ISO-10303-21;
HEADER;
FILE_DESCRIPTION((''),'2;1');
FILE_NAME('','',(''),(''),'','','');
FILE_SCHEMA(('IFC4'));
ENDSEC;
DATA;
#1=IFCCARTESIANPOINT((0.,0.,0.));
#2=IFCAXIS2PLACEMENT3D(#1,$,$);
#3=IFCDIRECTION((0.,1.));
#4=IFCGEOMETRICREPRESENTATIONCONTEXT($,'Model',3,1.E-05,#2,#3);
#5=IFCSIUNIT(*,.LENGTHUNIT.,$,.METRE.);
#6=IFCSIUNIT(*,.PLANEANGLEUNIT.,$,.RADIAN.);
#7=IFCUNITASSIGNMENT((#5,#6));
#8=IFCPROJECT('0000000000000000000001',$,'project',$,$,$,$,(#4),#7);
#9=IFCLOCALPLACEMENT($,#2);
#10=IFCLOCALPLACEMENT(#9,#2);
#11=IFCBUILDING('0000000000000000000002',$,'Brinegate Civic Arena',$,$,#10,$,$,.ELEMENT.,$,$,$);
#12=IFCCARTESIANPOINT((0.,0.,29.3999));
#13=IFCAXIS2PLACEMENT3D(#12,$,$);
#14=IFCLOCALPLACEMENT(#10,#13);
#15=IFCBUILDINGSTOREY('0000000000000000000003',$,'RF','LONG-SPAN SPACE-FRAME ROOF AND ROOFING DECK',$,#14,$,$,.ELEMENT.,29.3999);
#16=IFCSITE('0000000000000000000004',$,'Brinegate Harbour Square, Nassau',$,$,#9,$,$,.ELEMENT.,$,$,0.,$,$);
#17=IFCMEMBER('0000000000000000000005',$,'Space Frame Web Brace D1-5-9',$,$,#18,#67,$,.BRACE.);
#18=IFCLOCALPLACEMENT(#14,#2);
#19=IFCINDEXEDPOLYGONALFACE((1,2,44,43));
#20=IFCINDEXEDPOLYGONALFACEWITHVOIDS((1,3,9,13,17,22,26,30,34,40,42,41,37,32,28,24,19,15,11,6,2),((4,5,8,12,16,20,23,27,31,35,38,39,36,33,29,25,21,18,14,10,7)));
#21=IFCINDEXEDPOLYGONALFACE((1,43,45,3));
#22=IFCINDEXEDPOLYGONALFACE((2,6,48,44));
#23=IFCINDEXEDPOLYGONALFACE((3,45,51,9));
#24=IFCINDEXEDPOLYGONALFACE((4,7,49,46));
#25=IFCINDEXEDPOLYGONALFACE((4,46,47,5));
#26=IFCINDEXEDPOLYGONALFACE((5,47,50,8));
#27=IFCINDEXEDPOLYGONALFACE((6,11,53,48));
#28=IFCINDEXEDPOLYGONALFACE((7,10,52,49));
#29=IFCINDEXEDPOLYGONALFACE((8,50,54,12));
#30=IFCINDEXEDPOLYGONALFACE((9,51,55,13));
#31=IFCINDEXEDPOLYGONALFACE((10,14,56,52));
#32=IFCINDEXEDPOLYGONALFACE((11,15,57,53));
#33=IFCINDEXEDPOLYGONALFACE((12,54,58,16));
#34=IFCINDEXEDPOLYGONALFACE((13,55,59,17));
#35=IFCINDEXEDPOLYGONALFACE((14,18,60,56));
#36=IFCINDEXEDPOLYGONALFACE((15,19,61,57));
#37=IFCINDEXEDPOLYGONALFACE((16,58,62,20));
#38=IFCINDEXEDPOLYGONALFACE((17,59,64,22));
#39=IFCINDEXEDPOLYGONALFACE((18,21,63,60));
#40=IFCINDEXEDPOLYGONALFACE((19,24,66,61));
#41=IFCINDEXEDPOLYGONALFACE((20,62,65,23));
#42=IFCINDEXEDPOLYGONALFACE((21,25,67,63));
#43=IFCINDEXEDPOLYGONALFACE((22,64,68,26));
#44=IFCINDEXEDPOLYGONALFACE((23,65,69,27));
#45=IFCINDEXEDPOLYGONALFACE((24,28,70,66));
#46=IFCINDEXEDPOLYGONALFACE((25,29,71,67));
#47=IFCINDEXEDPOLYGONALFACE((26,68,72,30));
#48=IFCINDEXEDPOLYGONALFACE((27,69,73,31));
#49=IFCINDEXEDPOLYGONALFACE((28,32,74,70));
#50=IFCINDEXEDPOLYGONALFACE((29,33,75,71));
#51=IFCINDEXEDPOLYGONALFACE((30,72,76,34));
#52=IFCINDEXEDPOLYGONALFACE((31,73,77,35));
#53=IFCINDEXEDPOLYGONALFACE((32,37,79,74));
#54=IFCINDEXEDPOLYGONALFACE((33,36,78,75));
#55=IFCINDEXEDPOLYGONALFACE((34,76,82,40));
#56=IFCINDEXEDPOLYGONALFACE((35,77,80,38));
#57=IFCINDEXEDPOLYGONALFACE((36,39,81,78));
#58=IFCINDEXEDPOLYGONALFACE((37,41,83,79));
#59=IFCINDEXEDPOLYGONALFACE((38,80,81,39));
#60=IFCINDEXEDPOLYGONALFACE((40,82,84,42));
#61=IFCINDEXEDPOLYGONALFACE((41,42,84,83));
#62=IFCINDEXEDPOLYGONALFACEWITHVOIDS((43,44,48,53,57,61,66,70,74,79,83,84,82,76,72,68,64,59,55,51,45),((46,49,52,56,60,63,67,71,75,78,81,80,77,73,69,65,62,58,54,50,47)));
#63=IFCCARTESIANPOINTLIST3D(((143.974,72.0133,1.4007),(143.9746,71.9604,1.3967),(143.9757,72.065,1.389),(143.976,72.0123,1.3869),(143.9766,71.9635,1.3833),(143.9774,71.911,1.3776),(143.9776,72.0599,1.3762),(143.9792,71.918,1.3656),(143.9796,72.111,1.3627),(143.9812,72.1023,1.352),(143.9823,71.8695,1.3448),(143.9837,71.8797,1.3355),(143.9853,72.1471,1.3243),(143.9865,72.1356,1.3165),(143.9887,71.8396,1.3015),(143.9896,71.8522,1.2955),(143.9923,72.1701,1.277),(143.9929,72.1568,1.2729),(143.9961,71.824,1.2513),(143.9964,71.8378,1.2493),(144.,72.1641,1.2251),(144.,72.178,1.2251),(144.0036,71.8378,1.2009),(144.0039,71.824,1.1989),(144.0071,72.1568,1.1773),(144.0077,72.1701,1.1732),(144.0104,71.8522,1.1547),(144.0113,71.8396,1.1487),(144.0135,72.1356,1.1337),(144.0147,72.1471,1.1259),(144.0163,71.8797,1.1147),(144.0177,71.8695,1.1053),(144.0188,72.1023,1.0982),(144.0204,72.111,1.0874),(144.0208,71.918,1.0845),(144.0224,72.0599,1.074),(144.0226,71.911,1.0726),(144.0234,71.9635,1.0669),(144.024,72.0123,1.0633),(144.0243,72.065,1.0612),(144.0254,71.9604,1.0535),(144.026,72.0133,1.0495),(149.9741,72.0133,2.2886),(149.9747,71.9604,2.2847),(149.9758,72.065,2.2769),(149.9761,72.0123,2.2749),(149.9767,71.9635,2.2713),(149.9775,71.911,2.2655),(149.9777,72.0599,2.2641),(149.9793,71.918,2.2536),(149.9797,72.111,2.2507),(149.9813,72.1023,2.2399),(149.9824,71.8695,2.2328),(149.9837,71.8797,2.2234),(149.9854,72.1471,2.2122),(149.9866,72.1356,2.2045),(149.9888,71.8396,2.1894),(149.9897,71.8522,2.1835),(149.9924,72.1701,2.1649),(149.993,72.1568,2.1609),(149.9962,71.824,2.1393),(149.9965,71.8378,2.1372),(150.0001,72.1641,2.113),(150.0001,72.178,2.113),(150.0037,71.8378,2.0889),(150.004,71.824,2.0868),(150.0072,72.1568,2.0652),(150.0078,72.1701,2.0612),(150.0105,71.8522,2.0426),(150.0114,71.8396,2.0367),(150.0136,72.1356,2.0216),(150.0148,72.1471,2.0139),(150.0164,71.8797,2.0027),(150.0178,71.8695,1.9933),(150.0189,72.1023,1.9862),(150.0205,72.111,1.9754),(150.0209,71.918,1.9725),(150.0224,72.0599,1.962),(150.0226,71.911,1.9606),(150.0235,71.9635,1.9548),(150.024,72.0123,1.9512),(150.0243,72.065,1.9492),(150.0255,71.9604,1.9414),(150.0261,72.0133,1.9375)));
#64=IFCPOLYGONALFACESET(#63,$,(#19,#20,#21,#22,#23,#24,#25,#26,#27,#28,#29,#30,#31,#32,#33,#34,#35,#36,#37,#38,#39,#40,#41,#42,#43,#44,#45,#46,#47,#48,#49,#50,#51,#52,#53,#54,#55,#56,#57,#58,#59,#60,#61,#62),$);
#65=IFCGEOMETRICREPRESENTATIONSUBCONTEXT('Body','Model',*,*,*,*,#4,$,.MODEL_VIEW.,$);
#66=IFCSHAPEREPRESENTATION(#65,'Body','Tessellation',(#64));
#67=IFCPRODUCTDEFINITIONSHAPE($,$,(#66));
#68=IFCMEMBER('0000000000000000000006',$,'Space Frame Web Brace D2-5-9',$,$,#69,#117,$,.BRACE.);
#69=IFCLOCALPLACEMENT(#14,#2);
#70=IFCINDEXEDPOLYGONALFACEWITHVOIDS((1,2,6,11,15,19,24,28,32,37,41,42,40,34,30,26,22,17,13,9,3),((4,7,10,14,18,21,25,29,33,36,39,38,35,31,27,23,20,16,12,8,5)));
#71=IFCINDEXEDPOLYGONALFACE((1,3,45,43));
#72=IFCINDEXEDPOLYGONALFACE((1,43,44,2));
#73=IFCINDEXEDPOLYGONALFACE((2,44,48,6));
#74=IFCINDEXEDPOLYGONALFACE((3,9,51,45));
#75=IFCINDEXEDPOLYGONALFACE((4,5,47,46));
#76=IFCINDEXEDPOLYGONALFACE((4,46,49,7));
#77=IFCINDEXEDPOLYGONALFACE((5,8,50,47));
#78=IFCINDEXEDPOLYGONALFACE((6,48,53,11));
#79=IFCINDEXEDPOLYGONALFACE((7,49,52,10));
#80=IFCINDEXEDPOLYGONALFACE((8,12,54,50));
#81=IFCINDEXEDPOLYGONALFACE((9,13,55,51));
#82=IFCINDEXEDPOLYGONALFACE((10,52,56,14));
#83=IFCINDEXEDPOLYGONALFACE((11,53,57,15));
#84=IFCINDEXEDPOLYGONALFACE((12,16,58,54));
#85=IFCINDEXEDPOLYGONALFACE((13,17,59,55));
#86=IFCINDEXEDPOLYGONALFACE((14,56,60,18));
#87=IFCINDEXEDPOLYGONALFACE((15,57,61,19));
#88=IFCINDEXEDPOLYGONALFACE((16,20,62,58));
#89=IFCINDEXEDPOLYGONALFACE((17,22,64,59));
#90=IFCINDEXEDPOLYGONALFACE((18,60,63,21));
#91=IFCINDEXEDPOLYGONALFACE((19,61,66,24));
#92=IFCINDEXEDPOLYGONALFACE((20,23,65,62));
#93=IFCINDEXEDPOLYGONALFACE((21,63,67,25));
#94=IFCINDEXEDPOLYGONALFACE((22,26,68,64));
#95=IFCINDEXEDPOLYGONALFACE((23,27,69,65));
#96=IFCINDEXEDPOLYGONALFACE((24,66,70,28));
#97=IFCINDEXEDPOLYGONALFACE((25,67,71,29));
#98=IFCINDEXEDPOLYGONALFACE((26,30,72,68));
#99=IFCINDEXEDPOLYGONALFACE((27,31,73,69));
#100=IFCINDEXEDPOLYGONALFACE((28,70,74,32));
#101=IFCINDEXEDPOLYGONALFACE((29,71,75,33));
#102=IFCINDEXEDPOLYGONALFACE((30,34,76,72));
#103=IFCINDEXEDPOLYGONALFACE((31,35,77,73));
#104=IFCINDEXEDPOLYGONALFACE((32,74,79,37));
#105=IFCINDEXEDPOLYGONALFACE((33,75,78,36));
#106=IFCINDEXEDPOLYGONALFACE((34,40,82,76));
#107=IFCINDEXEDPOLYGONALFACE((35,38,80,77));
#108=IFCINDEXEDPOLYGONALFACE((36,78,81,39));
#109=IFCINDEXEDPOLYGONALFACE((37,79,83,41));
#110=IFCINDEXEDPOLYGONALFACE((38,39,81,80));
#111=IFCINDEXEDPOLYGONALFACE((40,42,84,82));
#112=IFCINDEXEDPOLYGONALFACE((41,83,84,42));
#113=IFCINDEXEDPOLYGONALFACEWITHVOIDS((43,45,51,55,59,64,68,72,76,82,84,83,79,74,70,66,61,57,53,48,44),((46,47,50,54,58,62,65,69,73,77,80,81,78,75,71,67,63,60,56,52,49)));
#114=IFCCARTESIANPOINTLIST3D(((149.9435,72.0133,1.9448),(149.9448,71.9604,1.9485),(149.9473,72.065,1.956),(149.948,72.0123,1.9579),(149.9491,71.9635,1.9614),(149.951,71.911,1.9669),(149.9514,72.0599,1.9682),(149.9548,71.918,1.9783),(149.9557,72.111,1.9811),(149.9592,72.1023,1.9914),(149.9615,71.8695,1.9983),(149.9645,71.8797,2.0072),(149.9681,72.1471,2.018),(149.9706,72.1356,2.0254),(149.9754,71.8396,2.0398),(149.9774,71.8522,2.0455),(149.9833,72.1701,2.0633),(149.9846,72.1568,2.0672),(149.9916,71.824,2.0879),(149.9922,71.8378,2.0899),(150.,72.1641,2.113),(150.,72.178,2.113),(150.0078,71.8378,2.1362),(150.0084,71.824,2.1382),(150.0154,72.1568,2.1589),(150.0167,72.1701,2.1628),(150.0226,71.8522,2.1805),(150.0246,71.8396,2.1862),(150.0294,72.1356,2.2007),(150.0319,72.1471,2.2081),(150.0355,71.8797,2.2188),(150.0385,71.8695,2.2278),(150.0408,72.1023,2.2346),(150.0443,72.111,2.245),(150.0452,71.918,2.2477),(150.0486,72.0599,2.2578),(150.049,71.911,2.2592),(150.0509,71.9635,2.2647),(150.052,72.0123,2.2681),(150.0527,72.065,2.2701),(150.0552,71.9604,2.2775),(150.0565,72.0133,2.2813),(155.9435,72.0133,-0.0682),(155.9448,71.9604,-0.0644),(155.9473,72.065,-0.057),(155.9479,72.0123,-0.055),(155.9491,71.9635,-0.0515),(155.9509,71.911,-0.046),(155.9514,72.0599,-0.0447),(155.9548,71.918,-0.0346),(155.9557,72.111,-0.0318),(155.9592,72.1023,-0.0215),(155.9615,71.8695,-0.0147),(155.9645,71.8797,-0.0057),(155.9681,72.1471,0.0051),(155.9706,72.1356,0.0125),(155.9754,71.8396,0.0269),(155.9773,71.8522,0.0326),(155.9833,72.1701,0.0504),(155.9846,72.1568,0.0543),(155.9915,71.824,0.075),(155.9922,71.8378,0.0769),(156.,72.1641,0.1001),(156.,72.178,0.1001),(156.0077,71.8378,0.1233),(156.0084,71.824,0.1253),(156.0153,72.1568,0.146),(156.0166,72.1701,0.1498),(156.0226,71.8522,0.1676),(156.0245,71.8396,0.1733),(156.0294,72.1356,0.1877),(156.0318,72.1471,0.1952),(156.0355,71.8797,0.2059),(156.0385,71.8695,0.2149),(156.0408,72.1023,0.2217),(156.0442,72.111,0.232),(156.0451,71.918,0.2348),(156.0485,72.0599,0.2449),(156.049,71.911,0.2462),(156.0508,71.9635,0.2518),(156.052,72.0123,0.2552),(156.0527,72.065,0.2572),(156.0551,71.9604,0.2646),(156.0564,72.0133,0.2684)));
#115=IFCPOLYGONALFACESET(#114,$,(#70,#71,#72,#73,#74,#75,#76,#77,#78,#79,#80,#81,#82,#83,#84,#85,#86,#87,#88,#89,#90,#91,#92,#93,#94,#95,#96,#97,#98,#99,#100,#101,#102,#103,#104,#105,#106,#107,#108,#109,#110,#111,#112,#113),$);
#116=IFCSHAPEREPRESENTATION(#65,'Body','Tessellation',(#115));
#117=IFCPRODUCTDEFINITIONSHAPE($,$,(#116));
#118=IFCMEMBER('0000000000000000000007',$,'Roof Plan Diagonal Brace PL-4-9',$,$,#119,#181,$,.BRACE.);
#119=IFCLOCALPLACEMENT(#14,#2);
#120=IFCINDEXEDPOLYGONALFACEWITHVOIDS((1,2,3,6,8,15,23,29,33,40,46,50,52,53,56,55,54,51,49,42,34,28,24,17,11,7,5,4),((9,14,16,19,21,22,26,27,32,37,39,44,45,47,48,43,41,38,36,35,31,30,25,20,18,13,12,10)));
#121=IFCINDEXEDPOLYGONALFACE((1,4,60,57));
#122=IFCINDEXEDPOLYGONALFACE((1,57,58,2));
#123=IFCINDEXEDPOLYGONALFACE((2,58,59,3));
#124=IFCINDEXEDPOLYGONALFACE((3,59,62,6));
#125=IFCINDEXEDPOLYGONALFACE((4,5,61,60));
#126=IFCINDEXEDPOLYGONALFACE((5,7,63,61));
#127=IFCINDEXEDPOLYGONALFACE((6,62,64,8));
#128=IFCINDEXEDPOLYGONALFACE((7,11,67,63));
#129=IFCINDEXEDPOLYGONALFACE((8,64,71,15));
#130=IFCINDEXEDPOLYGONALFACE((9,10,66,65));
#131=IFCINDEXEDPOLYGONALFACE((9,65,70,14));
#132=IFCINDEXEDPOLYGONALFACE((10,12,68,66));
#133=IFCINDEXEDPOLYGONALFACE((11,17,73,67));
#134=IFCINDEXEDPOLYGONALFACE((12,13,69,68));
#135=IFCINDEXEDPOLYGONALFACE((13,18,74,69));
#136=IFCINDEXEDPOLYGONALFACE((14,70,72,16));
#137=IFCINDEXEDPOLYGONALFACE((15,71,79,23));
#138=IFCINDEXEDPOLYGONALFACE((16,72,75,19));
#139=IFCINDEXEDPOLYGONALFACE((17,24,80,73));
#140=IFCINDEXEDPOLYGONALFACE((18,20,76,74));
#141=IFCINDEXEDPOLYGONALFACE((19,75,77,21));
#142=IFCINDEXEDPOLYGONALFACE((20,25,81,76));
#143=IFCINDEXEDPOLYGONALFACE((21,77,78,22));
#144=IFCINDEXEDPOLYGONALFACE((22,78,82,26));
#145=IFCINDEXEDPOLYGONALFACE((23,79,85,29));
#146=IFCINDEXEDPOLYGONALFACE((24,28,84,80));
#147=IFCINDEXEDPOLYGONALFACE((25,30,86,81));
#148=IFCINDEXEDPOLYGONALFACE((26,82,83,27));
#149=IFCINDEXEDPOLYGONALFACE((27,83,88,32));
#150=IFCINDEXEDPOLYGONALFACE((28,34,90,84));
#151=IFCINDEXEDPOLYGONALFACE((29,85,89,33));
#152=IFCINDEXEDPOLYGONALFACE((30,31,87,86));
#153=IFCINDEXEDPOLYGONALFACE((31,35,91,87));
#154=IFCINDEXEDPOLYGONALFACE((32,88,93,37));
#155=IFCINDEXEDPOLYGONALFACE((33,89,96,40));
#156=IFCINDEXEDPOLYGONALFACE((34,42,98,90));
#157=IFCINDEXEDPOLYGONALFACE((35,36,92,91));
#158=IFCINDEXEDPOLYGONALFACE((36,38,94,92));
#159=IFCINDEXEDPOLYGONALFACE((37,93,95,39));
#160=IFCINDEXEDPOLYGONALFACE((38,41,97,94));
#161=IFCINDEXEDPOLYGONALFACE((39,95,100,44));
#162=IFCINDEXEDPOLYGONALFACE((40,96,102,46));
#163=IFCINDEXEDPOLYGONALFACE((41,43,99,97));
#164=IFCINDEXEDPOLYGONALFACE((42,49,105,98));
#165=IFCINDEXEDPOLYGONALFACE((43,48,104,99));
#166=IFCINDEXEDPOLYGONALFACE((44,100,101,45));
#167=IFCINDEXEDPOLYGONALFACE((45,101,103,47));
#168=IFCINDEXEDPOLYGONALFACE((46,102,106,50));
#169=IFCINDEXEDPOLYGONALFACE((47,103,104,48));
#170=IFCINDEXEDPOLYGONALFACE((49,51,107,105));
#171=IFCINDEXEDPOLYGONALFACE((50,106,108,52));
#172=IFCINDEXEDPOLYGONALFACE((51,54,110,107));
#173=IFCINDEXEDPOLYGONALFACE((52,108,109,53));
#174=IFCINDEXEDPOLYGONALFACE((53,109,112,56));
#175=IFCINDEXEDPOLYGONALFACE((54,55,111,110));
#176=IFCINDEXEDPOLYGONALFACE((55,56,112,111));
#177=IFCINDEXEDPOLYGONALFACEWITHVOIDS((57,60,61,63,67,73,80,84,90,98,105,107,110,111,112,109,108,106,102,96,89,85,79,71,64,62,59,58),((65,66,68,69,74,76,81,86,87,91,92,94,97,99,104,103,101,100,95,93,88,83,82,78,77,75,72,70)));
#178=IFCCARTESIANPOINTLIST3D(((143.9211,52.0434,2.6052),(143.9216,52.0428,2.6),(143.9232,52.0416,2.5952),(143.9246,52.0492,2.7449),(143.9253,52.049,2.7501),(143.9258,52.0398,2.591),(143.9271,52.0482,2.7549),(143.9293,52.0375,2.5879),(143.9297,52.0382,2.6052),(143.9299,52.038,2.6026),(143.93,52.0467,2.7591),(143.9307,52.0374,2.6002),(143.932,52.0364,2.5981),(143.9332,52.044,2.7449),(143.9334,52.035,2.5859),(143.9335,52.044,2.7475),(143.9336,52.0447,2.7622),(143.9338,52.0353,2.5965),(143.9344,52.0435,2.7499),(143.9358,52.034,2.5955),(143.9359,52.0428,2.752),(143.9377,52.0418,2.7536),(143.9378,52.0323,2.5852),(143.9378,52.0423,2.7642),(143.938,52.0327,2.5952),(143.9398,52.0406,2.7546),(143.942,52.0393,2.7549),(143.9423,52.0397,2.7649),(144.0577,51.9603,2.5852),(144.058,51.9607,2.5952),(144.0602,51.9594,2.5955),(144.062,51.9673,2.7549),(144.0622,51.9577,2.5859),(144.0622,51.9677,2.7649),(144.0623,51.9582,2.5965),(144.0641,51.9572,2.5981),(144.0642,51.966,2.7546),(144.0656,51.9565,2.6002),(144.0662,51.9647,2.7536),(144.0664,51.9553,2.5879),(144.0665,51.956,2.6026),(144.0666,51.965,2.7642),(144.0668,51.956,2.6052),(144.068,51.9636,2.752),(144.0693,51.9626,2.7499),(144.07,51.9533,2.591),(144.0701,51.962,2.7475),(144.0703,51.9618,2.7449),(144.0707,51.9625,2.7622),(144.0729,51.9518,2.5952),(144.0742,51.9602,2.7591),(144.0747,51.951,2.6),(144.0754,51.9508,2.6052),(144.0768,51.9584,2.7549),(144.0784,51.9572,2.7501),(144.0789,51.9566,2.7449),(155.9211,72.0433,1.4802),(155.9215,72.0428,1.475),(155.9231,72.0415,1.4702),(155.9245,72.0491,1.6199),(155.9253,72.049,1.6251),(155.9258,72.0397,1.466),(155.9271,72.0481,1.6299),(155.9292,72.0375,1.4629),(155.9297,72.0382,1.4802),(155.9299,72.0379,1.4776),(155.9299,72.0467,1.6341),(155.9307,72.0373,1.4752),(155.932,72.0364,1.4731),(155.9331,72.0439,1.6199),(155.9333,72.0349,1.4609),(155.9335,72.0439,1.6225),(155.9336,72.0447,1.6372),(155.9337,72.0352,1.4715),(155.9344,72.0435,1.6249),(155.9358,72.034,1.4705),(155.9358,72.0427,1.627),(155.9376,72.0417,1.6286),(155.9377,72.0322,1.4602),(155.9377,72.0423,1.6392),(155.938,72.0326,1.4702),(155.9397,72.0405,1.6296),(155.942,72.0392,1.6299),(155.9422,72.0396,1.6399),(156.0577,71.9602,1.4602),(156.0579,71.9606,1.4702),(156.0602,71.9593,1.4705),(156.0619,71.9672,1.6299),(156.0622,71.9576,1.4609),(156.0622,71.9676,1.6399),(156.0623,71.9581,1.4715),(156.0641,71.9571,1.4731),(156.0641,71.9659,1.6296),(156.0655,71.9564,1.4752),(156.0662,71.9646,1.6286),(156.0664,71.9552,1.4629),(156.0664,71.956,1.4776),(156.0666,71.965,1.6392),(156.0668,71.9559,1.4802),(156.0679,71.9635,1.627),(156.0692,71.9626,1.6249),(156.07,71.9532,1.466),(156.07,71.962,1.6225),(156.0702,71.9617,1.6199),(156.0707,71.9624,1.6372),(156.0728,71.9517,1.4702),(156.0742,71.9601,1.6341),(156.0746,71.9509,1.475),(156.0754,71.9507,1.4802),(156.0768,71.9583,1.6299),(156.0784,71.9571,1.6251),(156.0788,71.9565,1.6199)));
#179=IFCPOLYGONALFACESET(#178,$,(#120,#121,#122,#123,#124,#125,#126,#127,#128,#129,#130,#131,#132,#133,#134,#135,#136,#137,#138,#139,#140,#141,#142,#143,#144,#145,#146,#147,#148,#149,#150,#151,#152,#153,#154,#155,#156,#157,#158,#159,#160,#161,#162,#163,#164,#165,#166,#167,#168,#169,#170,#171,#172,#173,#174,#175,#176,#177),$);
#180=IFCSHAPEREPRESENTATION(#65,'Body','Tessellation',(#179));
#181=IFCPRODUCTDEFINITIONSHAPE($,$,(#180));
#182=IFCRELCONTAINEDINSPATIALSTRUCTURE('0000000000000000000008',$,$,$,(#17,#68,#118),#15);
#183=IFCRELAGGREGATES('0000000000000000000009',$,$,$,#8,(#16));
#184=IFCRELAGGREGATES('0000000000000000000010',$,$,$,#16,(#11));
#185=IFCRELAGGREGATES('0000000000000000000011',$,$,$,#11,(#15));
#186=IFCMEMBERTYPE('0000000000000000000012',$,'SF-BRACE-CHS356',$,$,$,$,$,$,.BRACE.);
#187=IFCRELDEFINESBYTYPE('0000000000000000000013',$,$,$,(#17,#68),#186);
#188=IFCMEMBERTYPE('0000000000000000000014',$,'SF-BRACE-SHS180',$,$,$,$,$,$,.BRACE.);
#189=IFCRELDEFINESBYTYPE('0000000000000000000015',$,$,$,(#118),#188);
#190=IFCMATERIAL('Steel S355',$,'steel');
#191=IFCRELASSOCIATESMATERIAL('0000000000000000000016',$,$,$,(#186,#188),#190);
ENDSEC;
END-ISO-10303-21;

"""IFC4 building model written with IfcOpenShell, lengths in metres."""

from ifc_helpers import new_model, si_unit, direction, frame, origin, origin_2d, place, context, subcontext, project, spatial, hollow_rectangle, hollow_circle, extrude, material, material_profile, profile_set, type_object, element, save


model = new_model("IFC4")

# Units and contexts
model_context = context("Model", 3, precision=1e-05, world=origin(), true_north=direction((0.0, 1.0)))
body_context = subcontext(model_context, "Body", "Model", "MODEL_VIEW")
ifc_project = project(units=[si_unit("LENGTHUNIT", "METRE"), si_unit("PLANEANGLEUNIT", "RADIAN")], contexts=[model_context])

# Site, building, storey
site_placement = place(None, origin())
site = spatial("IfcSite", under=ifc_project, at=site_placement, Name="Brinegate Harbour Square, Nassau", CompositionType="ELEMENT", RefElevation=0.0)
building_placement = place(site_placement, origin())
building = spatial("IfcBuilding", under=site, at=building_placement, Name="Brinegate Civic Arena", CompositionType="ELEMENT")
storey_placement = place(building_placement, frame((0.0, 0.0, 29.3999)))
storey = spatial("IfcBuildingStorey", under=building, at=storey_placement, Name="RF", Description="LONG-SPAN SPACE-FRAME ROOF AND ROOFING DECK", CompositionType="ELEMENT", Elevation=29.3999)

# Shared definitions
ifc_material_1 = material(Name="Steel S355", Category="steel")

# Members
ifc_material_profile_1 = material_profile(ifc_material_1, hollow_circle(Radius=0.178, WallThickness=0.0139, at=origin_2d()), Name="CHS356X14")
ifc_profile_set_1 = profile_set([ifc_material_profile_1], Name="Steel S355")
member_type_1 = type_object("IfcMemberType", Name="SF-BRACE-CHS356", PredefinedType="BRACE", material=ifc_profile_set_1)
member_1_placement = place(storey_placement, frame((144.0, 72.0, 1.2251), z_axis=(0.989226, 0.0, 0.146395), x_axis=(0.0, 1.0, 0.0)))
element("IfcMember", 1, at=member_1_placement, inside=storey, type_object=member_type_1, Name="Space Frame Web Brace D1-5-9", PredefinedType="BRACE", context=body_context, shape_type="SweptSolid", body=[
    extrude(hollow_circle(Radius=0.178, WallThickness=0.0139, at=origin_2d()), origin(), (0.0, 0.0, 1.0), 6.0654),
])
member_2_placement = place(storey_placement, frame((150.0, 72.0, 2.113), z_axis=(0.948068, 0.0, -0.318067), x_axis=(0.0, 1.0, 0.0)))
element("IfcMember", 2, at=member_2_placement, inside=storey, type_object=member_type_1, Name="Space Frame Web Brace D2-5-9", PredefinedType="BRACE", context=body_context, shape_type="SweptSolid", body=[
    extrude(hollow_circle(Radius=0.178, WallThickness=0.0139, at=origin_2d()), origin(), (0.0, 0.0, 1.0), 6.3286),
])
ifc_material_profile_2 = material_profile(ifc_material_1, hollow_rectangle(XDim=0.1799, YDim=0.1799, WallThickness=0.01, InnerFilletRadius=0.01, OuterFilletRadius=0.02, at=origin_2d()), Name="SHS180X10")
ifc_profile_set_2 = profile_set([ifc_material_profile_2], Name="Steel S355")
member_type_2 = type_object("IfcMemberType", Name="SF-BRACE-SHS180", PredefinedType="BRACE", material=ifc_profile_set_2)
member_3_placement = place(storey_placement, frame((144.0, 52.0, 2.675), z_axis=(0.513898, 0.856497, -0.048178), x_axis=(-0.857493, 0.514496, 0.0)))
element("IfcMember", 3, at=member_3_placement, inside=storey, type_object=member_type_2, Name="Roof Plan Diagonal Brace PL-4-9", PredefinedType="BRACE", context=body_context, shape_type="SweptSolid", body=[
    extrude(hollow_rectangle(XDim=0.1799, YDim=0.1799, WallThickness=0.01, InnerFilletRadius=0.01, OuterFilletRadius=0.02, at=origin_2d()), origin(), (0.0, 0.0, 1.0), 23.3508),
])

save(model, "model.ifc")
